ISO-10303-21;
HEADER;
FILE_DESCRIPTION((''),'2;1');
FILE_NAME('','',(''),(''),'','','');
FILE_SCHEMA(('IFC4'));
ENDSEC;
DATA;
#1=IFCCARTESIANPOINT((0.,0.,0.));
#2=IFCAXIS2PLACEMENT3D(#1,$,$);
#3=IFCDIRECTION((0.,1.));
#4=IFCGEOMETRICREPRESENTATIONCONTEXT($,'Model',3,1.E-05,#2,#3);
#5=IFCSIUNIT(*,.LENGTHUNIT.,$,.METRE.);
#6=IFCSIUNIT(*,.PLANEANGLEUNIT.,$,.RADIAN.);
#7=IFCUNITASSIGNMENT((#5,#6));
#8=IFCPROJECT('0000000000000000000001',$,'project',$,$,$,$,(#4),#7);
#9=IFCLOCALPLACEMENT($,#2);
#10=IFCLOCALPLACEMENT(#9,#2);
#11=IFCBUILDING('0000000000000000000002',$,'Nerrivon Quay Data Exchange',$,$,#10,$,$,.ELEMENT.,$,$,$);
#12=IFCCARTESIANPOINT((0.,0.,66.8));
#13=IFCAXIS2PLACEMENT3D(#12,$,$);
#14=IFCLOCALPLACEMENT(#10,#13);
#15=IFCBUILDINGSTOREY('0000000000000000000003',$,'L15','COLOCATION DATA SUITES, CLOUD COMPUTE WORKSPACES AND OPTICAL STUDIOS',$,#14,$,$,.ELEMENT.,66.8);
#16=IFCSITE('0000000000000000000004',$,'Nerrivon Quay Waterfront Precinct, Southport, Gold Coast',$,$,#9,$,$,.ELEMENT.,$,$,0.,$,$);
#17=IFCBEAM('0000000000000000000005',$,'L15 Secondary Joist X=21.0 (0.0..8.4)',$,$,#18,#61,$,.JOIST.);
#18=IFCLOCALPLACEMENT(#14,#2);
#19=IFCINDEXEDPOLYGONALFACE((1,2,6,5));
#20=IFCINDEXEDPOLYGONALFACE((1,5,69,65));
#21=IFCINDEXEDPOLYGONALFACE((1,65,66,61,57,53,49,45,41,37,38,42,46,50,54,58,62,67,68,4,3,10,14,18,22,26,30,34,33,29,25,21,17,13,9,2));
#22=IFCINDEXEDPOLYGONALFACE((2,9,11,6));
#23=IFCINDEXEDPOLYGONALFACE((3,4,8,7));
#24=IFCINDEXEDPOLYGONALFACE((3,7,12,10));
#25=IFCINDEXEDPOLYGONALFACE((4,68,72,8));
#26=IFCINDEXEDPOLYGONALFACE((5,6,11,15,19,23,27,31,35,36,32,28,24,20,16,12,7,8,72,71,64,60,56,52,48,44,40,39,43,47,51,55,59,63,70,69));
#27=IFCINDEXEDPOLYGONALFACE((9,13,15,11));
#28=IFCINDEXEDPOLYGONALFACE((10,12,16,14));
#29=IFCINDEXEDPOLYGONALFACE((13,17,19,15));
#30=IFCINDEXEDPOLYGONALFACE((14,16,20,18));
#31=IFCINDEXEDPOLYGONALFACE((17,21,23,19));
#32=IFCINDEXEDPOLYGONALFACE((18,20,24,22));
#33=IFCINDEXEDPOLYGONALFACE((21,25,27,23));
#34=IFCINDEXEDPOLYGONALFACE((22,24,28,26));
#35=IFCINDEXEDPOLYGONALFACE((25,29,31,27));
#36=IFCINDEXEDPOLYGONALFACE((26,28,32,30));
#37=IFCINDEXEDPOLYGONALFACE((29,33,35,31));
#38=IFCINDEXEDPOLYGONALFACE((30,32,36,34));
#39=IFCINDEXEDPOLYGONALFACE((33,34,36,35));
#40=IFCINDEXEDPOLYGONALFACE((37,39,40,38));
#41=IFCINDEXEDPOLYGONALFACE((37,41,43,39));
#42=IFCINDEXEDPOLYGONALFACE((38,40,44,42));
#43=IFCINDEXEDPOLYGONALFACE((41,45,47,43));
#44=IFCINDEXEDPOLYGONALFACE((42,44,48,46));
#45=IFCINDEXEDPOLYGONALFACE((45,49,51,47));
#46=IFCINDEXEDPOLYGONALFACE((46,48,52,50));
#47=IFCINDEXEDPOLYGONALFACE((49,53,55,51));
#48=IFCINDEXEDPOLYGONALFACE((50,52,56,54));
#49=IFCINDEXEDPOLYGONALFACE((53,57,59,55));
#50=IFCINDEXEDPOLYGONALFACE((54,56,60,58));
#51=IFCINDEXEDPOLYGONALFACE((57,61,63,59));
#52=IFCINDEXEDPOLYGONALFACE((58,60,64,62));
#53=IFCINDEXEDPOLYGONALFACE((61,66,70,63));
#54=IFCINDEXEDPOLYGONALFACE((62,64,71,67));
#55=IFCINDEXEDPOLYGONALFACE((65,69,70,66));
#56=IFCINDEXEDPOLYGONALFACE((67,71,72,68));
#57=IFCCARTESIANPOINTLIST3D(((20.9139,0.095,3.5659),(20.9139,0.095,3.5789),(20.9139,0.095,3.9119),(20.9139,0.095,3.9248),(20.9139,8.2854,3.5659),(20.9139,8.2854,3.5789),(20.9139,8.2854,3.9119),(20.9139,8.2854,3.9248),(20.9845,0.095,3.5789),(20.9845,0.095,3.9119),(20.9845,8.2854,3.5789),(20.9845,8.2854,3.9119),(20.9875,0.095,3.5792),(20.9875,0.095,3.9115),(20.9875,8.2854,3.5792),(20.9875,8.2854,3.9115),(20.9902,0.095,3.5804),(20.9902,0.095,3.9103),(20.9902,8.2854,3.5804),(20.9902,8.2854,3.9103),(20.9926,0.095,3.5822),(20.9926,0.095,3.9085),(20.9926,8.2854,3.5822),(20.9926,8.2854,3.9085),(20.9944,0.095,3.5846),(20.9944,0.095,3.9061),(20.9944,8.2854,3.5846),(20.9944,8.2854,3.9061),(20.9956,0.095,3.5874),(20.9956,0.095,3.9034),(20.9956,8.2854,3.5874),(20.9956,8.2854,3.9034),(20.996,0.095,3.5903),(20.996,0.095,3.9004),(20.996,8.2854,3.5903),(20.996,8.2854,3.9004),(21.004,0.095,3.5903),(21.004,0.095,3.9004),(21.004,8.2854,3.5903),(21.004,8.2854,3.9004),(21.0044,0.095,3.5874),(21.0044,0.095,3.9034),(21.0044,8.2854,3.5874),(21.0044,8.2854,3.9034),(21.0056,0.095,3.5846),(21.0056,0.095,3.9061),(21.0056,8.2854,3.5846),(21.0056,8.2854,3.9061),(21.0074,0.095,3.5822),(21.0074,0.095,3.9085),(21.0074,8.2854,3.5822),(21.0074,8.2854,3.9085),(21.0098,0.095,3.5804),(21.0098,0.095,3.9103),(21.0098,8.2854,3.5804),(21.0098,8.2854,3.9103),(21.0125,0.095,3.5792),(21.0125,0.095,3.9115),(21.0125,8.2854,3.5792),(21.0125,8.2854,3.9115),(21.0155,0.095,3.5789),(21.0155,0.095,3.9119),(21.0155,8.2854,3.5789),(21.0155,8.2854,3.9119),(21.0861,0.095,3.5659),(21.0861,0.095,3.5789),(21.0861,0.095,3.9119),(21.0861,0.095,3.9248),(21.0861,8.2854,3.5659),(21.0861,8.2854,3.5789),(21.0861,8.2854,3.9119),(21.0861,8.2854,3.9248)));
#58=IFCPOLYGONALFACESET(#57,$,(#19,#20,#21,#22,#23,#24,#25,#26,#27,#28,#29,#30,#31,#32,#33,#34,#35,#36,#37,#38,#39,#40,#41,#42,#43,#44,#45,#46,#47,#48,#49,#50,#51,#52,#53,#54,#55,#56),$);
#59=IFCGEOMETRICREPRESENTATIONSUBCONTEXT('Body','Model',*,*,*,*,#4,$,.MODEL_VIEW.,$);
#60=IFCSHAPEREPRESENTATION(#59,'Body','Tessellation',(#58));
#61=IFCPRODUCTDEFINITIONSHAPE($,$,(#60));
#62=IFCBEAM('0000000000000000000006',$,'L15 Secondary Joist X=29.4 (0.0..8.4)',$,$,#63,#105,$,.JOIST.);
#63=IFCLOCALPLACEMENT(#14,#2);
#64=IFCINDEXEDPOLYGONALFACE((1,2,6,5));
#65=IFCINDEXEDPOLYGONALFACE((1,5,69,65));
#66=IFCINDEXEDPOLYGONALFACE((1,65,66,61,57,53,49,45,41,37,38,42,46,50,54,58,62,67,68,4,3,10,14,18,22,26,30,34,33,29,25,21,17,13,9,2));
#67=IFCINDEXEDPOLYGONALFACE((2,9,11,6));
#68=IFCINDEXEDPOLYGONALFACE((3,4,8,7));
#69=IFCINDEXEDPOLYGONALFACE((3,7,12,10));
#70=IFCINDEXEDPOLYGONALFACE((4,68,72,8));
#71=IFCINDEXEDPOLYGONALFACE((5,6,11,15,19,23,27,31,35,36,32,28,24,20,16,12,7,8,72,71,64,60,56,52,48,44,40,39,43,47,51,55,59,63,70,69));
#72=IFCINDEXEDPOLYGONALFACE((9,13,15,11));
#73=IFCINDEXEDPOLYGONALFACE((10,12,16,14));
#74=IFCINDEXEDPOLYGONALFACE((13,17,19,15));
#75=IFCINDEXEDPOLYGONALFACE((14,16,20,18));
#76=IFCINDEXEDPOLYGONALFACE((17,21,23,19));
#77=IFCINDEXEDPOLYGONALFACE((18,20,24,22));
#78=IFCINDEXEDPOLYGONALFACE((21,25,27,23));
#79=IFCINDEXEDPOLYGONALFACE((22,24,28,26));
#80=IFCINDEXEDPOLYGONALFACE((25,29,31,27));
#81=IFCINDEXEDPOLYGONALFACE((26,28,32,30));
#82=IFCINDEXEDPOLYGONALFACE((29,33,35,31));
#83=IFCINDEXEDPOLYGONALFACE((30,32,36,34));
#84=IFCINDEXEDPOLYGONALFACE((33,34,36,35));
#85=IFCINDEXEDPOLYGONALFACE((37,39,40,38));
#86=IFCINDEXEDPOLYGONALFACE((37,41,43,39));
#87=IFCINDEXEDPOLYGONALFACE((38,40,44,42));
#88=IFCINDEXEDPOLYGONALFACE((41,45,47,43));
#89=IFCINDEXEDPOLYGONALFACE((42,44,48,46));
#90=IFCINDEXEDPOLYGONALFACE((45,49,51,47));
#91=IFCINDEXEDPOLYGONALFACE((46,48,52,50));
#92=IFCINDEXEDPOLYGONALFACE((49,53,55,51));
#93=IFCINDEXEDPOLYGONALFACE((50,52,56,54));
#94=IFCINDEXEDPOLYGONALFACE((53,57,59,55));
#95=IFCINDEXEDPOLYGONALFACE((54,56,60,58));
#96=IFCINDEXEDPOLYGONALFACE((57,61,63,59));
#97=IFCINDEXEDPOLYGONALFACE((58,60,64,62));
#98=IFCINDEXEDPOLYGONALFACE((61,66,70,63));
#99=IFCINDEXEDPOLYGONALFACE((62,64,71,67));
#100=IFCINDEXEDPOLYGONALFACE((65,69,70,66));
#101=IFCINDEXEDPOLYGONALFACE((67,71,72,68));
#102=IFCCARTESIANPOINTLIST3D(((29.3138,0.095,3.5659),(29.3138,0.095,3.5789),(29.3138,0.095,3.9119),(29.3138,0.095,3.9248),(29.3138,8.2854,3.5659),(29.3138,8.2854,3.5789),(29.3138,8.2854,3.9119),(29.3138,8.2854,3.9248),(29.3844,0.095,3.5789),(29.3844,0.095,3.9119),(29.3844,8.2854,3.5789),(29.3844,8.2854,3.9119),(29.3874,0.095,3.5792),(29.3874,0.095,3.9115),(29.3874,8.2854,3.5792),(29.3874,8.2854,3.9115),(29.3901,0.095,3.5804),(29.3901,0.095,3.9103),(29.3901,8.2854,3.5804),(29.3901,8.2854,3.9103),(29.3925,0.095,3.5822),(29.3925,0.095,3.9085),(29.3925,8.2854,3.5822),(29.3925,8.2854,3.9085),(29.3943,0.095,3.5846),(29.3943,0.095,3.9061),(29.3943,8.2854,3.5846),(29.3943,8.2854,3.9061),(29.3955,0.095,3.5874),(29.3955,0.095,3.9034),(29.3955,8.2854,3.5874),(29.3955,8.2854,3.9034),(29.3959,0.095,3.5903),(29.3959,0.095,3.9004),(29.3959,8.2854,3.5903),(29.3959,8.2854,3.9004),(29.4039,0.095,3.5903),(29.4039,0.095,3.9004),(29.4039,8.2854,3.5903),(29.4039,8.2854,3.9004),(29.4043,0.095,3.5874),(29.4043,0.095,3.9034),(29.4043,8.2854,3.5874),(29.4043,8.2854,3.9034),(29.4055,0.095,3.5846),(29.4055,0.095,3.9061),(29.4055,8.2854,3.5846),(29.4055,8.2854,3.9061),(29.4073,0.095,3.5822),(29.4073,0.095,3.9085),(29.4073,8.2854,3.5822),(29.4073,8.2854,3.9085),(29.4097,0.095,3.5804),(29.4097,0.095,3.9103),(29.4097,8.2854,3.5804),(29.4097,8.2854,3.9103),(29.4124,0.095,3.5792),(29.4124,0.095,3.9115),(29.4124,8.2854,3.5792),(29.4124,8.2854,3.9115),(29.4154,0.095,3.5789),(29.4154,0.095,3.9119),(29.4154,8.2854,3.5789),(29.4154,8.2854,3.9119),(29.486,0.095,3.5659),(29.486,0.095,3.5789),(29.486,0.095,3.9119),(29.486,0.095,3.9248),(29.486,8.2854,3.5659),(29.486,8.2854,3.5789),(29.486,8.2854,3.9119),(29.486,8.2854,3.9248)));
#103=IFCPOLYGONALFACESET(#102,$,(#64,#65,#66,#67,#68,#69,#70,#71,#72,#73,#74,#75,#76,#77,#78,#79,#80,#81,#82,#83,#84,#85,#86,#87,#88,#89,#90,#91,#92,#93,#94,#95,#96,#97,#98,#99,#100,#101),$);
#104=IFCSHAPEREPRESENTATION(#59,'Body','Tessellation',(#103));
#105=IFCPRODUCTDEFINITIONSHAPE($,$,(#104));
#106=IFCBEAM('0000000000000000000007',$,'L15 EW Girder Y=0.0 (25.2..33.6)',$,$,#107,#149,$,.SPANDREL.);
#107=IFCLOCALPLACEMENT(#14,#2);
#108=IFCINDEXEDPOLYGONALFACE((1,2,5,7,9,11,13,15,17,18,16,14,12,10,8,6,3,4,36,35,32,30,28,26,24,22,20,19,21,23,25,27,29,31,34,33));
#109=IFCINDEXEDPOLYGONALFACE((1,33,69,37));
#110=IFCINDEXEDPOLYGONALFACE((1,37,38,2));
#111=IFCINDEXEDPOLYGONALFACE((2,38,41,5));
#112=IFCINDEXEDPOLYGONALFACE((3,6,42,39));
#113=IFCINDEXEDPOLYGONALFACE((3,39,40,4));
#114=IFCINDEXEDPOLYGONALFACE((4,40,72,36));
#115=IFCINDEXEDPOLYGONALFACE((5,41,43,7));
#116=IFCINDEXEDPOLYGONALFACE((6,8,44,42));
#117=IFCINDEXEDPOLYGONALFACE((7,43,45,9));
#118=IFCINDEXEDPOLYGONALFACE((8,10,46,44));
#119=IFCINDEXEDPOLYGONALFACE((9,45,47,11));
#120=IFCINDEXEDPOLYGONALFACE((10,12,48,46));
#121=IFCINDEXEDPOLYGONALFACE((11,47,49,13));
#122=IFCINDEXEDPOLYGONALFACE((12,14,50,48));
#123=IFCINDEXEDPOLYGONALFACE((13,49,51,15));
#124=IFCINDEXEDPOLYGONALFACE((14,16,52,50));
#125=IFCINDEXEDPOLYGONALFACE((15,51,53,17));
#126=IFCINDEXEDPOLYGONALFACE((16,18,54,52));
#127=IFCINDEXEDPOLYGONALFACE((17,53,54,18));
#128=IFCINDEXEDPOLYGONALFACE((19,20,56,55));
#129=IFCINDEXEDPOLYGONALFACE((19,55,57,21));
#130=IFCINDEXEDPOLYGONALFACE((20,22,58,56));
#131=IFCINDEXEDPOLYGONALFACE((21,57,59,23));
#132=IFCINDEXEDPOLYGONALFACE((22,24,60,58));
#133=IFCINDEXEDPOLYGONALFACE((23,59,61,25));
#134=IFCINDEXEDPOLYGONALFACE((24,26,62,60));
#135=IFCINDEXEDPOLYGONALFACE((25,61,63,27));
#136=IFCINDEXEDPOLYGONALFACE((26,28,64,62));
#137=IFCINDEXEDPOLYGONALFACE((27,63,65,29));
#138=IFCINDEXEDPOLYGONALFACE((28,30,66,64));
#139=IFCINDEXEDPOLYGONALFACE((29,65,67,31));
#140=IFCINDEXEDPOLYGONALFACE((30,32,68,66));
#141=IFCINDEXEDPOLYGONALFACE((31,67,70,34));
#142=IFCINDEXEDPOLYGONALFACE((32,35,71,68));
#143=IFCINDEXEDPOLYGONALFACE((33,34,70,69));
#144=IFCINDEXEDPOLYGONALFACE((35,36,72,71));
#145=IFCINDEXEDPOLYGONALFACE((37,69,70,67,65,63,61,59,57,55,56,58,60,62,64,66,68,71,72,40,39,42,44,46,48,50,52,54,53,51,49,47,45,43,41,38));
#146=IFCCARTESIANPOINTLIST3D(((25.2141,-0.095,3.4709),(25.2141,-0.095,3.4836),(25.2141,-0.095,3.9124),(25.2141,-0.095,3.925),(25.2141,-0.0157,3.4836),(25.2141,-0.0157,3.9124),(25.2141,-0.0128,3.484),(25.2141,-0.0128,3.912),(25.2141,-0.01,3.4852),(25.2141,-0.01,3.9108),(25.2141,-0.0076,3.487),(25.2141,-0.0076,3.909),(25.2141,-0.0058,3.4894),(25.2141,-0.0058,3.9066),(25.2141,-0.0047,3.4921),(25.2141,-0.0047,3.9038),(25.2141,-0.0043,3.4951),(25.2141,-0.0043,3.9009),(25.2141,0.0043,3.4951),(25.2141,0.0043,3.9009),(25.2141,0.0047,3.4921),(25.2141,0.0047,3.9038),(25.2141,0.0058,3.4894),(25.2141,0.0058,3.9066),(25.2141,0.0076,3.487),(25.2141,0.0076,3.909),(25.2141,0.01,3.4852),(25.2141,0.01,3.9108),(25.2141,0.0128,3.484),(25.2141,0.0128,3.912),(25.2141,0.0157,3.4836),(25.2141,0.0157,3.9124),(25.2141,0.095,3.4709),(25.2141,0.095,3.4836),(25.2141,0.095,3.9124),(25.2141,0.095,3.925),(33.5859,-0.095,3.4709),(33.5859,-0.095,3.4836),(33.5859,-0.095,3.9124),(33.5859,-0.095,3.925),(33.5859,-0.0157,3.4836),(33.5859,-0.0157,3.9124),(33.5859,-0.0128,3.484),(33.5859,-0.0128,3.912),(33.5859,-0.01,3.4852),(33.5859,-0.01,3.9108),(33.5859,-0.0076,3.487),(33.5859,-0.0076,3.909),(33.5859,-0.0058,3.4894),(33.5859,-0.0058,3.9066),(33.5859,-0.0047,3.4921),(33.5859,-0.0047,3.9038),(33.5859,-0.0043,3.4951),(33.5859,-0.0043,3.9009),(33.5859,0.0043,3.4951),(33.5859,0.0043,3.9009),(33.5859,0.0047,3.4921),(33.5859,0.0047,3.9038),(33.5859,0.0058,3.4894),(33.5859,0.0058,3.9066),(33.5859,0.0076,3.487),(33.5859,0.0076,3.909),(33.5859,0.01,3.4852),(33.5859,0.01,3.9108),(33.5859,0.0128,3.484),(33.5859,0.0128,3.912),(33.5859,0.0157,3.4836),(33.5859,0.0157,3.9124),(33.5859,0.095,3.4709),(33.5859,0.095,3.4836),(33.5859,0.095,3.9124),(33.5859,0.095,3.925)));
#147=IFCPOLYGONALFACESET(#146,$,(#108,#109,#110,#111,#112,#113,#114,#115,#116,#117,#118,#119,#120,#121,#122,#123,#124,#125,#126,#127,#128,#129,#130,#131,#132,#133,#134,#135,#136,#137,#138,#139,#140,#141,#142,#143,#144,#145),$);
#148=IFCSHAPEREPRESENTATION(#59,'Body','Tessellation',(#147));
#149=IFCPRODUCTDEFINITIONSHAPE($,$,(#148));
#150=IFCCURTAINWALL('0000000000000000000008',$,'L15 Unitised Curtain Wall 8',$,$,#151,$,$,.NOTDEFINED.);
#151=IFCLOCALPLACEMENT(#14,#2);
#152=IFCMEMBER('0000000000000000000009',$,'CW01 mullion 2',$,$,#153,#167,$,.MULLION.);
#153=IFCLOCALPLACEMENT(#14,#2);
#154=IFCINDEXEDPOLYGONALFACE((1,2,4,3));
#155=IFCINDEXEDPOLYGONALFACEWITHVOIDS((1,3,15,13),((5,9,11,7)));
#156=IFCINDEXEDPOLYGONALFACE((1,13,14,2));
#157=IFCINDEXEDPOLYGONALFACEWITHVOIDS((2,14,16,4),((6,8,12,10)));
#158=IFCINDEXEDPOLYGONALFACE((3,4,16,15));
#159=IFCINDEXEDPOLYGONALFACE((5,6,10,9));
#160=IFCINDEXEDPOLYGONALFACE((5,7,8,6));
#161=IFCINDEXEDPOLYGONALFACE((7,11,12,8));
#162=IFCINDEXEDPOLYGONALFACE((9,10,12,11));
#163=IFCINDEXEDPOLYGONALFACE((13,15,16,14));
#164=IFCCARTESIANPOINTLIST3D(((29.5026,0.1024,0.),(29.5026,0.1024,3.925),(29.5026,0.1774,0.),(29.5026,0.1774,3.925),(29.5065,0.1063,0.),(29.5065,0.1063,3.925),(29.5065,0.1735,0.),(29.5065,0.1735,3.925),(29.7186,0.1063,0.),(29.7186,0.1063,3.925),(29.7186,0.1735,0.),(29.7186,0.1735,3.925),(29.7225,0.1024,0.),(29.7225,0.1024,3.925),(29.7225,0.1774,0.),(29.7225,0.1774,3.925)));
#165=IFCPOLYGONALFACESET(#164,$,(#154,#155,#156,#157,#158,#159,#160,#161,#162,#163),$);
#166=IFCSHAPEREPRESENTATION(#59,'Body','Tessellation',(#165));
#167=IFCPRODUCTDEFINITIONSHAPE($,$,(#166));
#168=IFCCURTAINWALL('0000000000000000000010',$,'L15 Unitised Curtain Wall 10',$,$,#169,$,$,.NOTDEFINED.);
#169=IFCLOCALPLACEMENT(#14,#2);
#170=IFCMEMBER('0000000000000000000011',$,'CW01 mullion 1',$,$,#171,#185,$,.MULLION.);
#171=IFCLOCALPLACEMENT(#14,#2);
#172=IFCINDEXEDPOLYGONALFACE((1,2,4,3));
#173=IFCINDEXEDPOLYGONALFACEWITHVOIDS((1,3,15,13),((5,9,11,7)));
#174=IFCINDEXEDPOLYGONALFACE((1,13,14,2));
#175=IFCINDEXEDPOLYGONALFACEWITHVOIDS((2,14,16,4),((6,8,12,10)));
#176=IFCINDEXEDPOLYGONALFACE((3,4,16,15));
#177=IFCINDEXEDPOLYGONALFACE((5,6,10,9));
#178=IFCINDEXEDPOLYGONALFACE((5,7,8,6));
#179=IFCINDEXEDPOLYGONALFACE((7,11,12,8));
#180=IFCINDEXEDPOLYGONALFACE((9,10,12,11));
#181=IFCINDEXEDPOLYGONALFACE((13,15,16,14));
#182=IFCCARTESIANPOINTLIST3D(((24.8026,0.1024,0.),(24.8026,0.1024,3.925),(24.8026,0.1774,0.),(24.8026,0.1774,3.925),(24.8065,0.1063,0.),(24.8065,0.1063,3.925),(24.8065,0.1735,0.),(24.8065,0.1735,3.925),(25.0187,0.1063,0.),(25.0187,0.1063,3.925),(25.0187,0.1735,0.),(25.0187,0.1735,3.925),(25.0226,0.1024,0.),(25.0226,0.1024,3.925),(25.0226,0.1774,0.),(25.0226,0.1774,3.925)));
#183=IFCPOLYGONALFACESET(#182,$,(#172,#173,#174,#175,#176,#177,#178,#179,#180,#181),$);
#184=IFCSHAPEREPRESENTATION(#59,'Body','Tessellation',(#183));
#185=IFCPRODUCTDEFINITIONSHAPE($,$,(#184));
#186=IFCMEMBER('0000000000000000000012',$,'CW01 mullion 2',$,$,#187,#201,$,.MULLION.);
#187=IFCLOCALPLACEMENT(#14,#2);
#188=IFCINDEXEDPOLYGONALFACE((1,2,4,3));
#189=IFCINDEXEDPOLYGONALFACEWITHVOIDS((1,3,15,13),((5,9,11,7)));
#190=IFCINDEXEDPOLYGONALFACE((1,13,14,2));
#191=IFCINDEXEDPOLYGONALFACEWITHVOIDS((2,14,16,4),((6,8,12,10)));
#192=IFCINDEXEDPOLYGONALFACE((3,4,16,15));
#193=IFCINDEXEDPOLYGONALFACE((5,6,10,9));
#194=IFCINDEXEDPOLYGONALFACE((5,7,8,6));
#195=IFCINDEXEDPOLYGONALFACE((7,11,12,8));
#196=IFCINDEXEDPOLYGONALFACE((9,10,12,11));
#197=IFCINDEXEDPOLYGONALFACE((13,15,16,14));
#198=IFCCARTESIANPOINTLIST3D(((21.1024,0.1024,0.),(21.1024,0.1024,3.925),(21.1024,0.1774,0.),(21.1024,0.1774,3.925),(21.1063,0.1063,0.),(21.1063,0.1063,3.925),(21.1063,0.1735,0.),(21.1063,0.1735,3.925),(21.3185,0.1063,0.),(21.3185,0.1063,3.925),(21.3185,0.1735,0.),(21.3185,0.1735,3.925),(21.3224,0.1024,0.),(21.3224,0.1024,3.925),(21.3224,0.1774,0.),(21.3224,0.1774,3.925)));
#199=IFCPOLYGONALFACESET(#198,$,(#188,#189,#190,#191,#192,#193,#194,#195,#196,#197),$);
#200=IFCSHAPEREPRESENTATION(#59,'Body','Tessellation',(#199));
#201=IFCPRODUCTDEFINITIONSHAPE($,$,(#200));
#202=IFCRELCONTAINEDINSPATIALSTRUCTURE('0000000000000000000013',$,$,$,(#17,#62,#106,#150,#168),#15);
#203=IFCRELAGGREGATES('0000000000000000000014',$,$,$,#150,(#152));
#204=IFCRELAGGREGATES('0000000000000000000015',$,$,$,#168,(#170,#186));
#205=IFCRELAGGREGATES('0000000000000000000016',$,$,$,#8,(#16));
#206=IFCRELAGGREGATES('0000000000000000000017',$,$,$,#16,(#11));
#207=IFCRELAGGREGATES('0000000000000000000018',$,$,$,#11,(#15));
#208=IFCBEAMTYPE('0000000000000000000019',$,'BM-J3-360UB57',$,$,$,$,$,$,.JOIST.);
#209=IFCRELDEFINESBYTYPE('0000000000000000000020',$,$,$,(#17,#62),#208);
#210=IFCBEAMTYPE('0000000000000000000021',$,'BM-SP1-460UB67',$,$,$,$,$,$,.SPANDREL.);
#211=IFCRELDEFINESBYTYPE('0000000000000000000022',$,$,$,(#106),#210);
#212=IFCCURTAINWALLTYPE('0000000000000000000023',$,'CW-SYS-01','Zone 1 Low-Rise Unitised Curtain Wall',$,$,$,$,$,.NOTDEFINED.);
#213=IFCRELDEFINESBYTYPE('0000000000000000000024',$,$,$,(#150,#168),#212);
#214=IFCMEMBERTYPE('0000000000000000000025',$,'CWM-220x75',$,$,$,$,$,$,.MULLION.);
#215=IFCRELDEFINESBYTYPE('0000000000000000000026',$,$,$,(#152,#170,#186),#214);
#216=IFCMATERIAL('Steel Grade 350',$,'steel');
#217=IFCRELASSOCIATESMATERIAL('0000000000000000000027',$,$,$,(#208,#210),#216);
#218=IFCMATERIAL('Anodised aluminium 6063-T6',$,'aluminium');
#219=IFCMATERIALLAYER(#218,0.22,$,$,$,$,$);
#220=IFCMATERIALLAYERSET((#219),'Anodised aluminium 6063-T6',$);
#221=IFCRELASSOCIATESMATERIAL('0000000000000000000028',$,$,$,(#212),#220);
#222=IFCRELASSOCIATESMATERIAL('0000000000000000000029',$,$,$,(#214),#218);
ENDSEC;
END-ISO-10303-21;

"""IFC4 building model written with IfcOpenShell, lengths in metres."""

from ifc_helpers import new_model, si_unit, direction, frame, origin, origin_2d, place, context, subcontext, project, spatial, hollow_rectangle, i_section, extrude, material, layer, layer_set, material_profile, profile_set, type_object, element, aggregate, save


model = new_model("IFC4")

# Units and contexts
model_context = context("Model", 3, precision=1e-05, world=origin(), true_north=direction((0.0, 1.0)))
body_context = subcontext(model_context, "Body", "Model", "MODEL_VIEW")
ifc_project = project(units=[si_unit("LENGTHUNIT", "METRE"), si_unit("PLANEANGLEUNIT", "RADIAN")], contexts=[model_context])

# Site, building, storey
site_placement = place(None, origin())
site = spatial("IfcSite", under=ifc_project, at=site_placement, Name="Nerrivon Quay Waterfront Precinct, Southport, Gold Coast", CompositionType="ELEMENT", RefElevation=0.0)
building_placement = place(site_placement, origin())
building = spatial("IfcBuilding", under=site, at=building_placement, Name="Nerrivon Quay Data Exchange", CompositionType="ELEMENT")
storey_placement = place(building_placement, frame((0.0, 0.0, 66.8)))
storey = spatial("IfcBuildingStorey", under=building, at=storey_placement, Name="L15", Description="COLOCATION DATA SUITES, CLOUD COMPUTE WORKSPACES AND OPTICAL STUDIOS", CompositionType="ELEMENT", Elevation=66.8)

# Shared definitions
ifc_material_1 = material(Name="Steel Grade 350", Category="steel")

# Beams
ifc_material_profile_1 = material_profile(ifc_material_1, i_section(OverallWidth=0.1721, OverallDepth=0.3589, WebThickness=0.0081, FlangeThickness=0.0129, FilletRadius=0.0115, at=origin_2d()), Name="360UB56.7")
ifc_profile_set_1 = profile_set([ifc_material_profile_1], Name="Steel Grade 350")
beam_type_1 = type_object("IfcBeamType", Name="BM-J3-360UB57", PredefinedType="JOIST", material=ifc_profile_set_1)
for number, where, z_axis, x_axis, name in (
    (1, (21.0, 0.095, 3.7454), (0.0, 1.0, 0.0), (-1.0, 0.0, 0.0), "L15 Secondary Joist X=21.0 (0.0..8.4)"),
    (2, (29.3999, 0.095, 3.7454), (0.0, 1.0, 0.0), (-1.0, 0.0, 0.0), "L15 Secondary Joist X=29.4 (0.0..8.4)"),
):
    element("IfcBeam", number, at=place(storey_placement, frame(where, z_axis=z_axis, x_axis=x_axis)), inside=storey, type_object=beam_type_1, Name=name, PredefinedType="JOIST", context=body_context, shape_type="SweptSolid", body=[
        extrude(i_section(OverallWidth=0.1721, OverallDepth=0.3589, WebThickness=0.0081, FlangeThickness=0.0129, FilletRadius=0.0115, at=origin_2d()), origin(), (0.0, 0.0, 1.0), 8.1904),
    ])
ifc_material_profile_2 = material_profile(ifc_material_1, i_section(OverallWidth=0.1899, OverallDepth=0.4541, WebThickness=0.0085, FlangeThickness=0.0127, FilletRadius=0.0115, at=origin_2d()), Name="460UB67.1")
ifc_profile_set_2 = profile_set([ifc_material_profile_2], Name="Steel Grade 350")
beam_type_2 = type_object("IfcBeamType", Name="BM-SP1-460UB67", PredefinedType="SPANDREL", material=ifc_profile_set_2)
beam_1_placement = place(storey_placement, frame((25.2141, 0.0, 3.698), z_axis=(1.0, 0.0, 0.0), x_axis=(0.0, 1.0, 0.0)))
element("IfcBeam", 3, at=beam_1_placement, inside=storey, type_object=beam_type_2, Name="L15 EW Girder Y=0.0 (25.2..33.6)", PredefinedType="SPANDREL", context=body_context, shape_type="SweptSolid", body=[
    extrude(i_section(OverallWidth=0.1899, OverallDepth=0.4541, WebThickness=0.0085, FlangeThickness=0.0127, FilletRadius=0.0115, at=origin_2d()), origin(), (0.0, 0.0, 1.0), 8.3718),
])

# Curtain wall, member
ifc_material_2 = material(Name="Anodised aluminium 6063-T6", Category="aluminium")
ifc_layer_1 = layer(ifc_material_2, 0.22)
ifc_layer_set_1 = layer_set([ifc_layer_1], Name="Anodised aluminium 6063-T6")
curtain_wall_type = type_object("IfcCurtainWallType", Name="CW-SYS-01", Description="Zone 1 Low-Rise Unitised Curtain Wall", PredefinedType="NOTDEFINED", material=ifc_layer_set_1)
curtain_wall_1_placement = place(storey_placement, origin())
curtain_wall_1 = element("IfcCurtainWall", 4, at=curtain_wall_1_placement, inside=storey, type_object=curtain_wall_type, Name="L15 Unitised Curtain Wall 8", PredefinedType="NOTDEFINED")
ifc_material_profile_3 = material_profile(ifc_material_2, hollow_rectangle(XDim=0.075, YDim=0.22, WallThickness=0.0039, at=origin_2d()), Name="ALU-MULL-220x75")
ifc_profile_set_3 = profile_set([ifc_material_profile_3], Name="Anodised aluminium 6063-T6")
member_type_1 = type_object("IfcMemberType", Name="CWM-220x75", PredefinedType="MULLION", material=ifc_profile_set_3)
member_1_placement = place(storey_placement, frame((29.6125, 0.1399, 0.0), z_axis=(0.0, 0.0, 1.0), x_axis=(0.0, -1.0, 0.0)))
member_1 = element("IfcMember", 5, at=member_1_placement, type_object=member_type_1, Name="CW01 mullion 2", PredefinedType="MULLION", context=body_context, shape_type="SweptSolid", body=[
    extrude(hollow_rectangle(XDim=0.075, YDim=0.22, WallThickness=0.0039, at=origin_2d()), origin(), (0.0, 0.0, 1.0), 3.925),
])

# Curtain wall, members
curtain_wall_2_placement = place(storey_placement, origin())
curtain_wall_2 = element("IfcCurtainWall", 6, at=curtain_wall_2_placement, inside=storey, type_object=curtain_wall_type, Name="L15 Unitised Curtain Wall 10", PredefinedType="NOTDEFINED")
member_2_placement = place(storey_placement, frame((24.9126, 0.1399, 0.0), z_axis=(0.0, 0.0, 1.0), x_axis=(0.0, -1.0, 0.0)))
member_2 = element("IfcMember", 7, at=member_2_placement, type_object=member_type_1, Name="CW01 mullion 1", PredefinedType="MULLION", context=body_context, shape_type="SweptSolid", body=[
    extrude(hollow_rectangle(XDim=0.075, YDim=0.22, WallThickness=0.0039, at=origin_2d()), origin(), (0.0, 0.0, 1.0), 3.925),
])
member_3_placement = place(storey_placement, frame((21.2124, 0.1399, 0.0), z_axis=(0.0, 0.0, 1.0), x_axis=(0.0, -1.0, 0.0)))
member_3 = element("IfcMember", 8, at=member_3_placement, type_object=member_type_1, Name="CW01 mullion 2", PredefinedType="MULLION", context=body_context, shape_type="SweptSolid", body=[
    extrude(hollow_rectangle(XDim=0.075, YDim=0.22, WallThickness=0.0039, at=origin_2d()), origin(), (0.0, 0.0, 1.0), 3.925),
])

aggregate(curtain_wall_1, [member_1])
aggregate(curtain_wall_2, [member_2, member_3])

save(model, "model.ifc")
